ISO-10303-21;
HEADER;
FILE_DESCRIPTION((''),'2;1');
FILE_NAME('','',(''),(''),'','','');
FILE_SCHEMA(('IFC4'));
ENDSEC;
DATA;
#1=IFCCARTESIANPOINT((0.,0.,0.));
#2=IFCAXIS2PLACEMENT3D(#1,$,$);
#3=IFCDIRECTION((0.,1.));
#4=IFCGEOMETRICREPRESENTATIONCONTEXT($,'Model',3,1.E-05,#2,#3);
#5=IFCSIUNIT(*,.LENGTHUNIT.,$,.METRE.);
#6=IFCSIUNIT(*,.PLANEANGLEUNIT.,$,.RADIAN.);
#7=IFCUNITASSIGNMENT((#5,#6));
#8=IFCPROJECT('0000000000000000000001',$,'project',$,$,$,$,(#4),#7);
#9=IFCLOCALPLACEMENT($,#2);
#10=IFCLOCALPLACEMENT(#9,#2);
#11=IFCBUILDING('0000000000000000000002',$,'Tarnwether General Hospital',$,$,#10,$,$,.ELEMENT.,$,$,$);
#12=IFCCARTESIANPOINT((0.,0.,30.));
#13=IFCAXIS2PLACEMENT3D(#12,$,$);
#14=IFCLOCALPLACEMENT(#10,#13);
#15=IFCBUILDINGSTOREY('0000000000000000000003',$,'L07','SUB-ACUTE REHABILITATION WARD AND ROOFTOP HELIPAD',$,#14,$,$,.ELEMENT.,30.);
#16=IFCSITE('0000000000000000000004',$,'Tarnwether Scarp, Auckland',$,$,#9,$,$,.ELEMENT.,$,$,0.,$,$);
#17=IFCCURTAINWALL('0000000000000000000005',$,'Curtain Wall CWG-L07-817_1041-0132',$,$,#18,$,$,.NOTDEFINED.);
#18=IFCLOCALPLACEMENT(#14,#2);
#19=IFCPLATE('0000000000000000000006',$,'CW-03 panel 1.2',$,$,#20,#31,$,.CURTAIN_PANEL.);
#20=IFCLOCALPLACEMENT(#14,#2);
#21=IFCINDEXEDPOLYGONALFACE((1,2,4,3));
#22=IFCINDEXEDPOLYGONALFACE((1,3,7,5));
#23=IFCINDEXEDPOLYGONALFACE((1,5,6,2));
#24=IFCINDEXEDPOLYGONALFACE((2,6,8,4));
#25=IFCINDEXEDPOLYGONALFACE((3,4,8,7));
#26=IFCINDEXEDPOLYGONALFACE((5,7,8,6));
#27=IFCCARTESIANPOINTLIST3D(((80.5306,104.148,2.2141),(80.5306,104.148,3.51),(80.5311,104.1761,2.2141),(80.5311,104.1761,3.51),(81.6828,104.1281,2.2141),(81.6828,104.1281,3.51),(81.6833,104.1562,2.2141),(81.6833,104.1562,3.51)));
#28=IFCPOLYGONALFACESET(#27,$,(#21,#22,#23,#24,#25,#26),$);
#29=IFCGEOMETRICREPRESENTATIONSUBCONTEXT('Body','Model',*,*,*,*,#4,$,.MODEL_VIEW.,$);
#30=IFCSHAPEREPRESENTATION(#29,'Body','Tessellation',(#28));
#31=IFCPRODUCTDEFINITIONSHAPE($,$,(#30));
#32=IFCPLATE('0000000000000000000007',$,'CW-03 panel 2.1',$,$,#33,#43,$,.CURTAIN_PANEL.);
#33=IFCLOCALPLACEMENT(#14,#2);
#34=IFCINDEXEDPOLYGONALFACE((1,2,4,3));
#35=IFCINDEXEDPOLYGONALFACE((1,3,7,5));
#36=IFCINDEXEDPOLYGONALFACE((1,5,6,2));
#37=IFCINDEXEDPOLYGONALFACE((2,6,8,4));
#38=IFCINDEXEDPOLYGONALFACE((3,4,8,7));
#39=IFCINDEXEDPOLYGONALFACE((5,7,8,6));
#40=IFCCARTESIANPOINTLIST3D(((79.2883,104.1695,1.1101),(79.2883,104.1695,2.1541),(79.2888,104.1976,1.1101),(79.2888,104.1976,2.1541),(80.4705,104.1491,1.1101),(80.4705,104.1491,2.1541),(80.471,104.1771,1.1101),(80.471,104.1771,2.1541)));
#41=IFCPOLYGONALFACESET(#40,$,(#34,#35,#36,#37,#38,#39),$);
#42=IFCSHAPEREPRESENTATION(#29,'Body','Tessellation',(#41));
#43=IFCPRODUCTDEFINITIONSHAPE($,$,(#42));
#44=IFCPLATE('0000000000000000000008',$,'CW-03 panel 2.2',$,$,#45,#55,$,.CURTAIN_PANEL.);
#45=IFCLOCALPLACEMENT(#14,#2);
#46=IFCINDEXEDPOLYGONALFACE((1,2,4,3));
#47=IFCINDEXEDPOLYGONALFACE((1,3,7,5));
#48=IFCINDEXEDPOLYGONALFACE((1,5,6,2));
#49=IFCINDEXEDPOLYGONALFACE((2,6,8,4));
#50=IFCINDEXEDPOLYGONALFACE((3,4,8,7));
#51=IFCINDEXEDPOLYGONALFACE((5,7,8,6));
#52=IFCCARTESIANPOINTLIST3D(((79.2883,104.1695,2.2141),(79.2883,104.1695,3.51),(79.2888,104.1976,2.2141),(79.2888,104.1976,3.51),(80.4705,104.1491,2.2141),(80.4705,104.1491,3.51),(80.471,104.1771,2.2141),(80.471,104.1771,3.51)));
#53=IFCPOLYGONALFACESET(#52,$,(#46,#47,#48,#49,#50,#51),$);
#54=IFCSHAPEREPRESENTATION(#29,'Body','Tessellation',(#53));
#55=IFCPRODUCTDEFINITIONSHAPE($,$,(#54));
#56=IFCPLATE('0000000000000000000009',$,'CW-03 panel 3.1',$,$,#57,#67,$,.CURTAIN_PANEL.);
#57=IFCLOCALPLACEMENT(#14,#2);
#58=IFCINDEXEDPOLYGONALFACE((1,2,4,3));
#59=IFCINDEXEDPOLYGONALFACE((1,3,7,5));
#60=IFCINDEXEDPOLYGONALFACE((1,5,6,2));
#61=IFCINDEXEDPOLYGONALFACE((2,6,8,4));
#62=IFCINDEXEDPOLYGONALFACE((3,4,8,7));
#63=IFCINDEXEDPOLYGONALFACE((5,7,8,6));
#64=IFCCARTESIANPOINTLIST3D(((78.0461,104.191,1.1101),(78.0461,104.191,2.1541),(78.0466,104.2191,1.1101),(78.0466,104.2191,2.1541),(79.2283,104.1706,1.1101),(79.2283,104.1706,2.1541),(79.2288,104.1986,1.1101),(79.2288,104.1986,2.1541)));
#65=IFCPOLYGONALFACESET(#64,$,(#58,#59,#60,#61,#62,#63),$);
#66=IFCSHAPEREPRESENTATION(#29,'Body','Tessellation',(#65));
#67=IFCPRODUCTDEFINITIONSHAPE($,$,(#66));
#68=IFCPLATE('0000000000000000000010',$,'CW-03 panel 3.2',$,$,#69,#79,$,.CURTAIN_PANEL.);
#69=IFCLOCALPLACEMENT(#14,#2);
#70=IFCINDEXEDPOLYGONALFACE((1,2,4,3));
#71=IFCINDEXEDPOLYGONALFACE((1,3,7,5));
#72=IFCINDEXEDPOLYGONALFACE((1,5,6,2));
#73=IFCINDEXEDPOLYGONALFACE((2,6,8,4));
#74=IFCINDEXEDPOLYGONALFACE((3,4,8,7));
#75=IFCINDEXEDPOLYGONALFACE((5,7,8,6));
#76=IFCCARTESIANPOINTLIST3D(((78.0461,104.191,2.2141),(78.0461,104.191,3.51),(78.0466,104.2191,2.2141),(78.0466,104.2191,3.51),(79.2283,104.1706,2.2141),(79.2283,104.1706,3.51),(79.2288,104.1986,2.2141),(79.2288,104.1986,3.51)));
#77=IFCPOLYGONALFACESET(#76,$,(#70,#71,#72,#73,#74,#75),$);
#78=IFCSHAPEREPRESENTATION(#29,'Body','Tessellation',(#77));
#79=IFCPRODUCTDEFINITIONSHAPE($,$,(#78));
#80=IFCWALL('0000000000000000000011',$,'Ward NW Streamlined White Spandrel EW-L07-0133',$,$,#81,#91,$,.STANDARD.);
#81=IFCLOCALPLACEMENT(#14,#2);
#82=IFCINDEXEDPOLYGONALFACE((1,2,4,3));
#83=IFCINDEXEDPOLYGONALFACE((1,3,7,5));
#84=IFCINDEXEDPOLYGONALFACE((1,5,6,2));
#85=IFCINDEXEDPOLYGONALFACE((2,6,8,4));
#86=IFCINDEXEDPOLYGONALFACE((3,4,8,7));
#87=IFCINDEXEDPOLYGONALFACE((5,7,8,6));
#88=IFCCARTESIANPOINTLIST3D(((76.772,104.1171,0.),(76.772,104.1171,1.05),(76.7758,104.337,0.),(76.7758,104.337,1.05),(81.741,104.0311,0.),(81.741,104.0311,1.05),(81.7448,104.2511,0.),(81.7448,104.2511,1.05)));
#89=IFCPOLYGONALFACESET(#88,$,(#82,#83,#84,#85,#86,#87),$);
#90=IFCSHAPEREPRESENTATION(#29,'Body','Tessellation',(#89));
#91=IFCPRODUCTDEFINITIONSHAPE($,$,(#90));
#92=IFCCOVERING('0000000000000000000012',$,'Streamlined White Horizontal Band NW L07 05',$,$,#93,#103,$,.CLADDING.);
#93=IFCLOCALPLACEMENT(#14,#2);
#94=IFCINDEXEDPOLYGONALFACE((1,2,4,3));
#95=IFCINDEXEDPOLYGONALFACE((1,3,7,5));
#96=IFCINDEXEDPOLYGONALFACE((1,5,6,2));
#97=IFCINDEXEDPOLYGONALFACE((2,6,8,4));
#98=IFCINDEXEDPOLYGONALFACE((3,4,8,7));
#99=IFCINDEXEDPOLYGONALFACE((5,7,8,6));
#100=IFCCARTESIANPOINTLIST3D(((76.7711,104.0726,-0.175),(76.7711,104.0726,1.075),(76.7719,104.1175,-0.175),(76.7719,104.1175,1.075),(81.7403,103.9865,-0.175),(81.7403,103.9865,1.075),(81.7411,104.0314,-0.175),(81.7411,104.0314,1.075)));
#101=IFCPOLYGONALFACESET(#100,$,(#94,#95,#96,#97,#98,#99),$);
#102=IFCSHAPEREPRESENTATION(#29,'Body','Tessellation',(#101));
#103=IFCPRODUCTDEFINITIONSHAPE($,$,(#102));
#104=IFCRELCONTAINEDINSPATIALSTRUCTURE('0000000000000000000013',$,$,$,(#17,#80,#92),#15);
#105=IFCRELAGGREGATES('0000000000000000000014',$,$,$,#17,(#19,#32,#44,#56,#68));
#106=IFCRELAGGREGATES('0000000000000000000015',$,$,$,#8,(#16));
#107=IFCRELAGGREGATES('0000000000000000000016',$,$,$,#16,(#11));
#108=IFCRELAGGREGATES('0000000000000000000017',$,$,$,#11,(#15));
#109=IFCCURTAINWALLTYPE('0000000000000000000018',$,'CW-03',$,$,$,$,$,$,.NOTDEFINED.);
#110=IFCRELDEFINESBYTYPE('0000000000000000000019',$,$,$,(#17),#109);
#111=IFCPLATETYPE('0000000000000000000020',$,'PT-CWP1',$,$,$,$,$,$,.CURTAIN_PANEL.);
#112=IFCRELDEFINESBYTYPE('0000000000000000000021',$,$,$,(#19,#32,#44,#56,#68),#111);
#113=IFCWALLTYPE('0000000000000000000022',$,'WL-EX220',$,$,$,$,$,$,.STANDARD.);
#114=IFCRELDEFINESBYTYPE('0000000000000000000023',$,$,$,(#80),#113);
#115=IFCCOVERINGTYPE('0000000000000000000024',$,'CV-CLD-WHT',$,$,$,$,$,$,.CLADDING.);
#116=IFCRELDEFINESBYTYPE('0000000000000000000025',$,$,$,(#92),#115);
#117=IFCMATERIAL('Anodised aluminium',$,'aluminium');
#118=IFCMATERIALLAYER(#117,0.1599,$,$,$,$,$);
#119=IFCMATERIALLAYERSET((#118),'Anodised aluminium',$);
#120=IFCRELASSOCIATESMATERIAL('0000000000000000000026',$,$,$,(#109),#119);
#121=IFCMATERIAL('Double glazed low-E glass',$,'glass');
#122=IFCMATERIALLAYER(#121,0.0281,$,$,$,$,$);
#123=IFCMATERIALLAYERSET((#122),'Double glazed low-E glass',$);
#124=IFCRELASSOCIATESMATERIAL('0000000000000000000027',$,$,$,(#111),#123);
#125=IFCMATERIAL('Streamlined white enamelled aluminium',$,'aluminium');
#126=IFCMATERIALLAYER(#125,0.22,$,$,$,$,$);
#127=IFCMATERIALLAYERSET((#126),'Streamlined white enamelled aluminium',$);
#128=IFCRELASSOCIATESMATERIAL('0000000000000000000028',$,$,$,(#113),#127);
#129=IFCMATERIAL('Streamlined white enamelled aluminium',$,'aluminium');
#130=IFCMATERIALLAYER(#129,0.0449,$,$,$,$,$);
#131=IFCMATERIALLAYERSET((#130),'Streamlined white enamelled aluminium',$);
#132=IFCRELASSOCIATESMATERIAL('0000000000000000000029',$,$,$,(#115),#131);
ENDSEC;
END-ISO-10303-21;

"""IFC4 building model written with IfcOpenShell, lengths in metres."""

from ifc_helpers import new_model, si_unit, direction, frame, frame_2d, origin, origin_2d, place, context, subcontext, project, spatial, rectangle, extrude, material, layer, layer_set, type_object, element, aggregate, save


model = new_model("IFC4")

# Units and contexts
model_context = context("Model", 3, precision=1e-05, world=origin(), true_north=direction((0.0, 1.0)))
body_context = subcontext(model_context, "Body", "Model", "MODEL_VIEW")
ifc_project = project(units=[si_unit("LENGTHUNIT", "METRE"), si_unit("PLANEANGLEUNIT", "RADIAN")], contexts=[model_context])

# Site, building, storey
site_placement = place(None, origin())
site = spatial("IfcSite", under=ifc_project, at=site_placement, Name="Tarnwether Scarp, Auckland", CompositionType="ELEMENT", RefElevation=0.0)
building_placement = place(site_placement, origin())
building = spatial("IfcBuilding", under=site, at=building_placement, Name="Tarnwether General Hospital", CompositionType="ELEMENT")
storey_placement = place(building_placement, frame((0.0, 0.0, 30.0)))
storey = spatial("IfcBuildingStorey", under=building, at=storey_placement, Name="L07", Description="SUB-ACUTE REHABILITATION WARD AND ROOFTOP HELIPAD", CompositionType="ELEMENT", Elevation=30.0)

# Curtain wall
ifc_material_1 = material(Name="Anodised aluminium", Category="aluminium")
ifc_layer_1 = layer(ifc_material_1, 0.1599)
ifc_layer_set_1 = layer_set([ifc_layer_1], Name="Anodised aluminium")
curtain_wall_type = type_object("IfcCurtainWallType", Name="CW-03", PredefinedType="NOTDEFINED", material=ifc_layer_set_1)
curtain_wall_1_placement = place(storey_placement, origin())
curtain_wall_1 = element("IfcCurtainWall", 1, at=curtain_wall_1_placement, inside=storey, type_object=curtain_wall_type, Name="Curtain Wall CWG-L07-817_1041-0132", PredefinedType="NOTDEFINED")

# Plates
ifc_material_2 = material(Name="Double glazed low-E glass", Category="glass")
ifc_layer_2 = layer(ifc_material_2, 0.0281)
ifc_layer_set_2 = layer_set([ifc_layer_2], Name="Double glazed low-E glass")
plate_type = type_object("IfcPlateType", Name="PT-CWP1", PredefinedType="CURTAIN_PANEL", material=ifc_layer_set_2)
plate_1_placement = place(storey_placement, frame((81.1069, 104.1521, 2.2141), z_axis=(0.0, 0.0, 1.0), x_axis=(-0.99985, 0.017305, 0.0)))
plate_1 = element("IfcPlate", 2, at=plate_1_placement, type_object=plate_type, Name="CW-03 panel 1.2", PredefinedType="CURTAIN_PANEL", context=body_context, shape_type="SweptSolid", body=[
    extrude(rectangle(XDim=1.1523, YDim=0.0281, at=origin_2d()), origin(), (0.0, 0.0, 1.0), 1.2959),
])
plate_2_placement = place(storey_placement, frame((79.8796, 104.1733, 1.1101), z_axis=(0.0, 0.0, 1.0), x_axis=(-0.99985, 0.017305, 0.0)))
plate_2 = element("IfcPlate", 3, at=plate_2_placement, type_object=plate_type, Name="CW-03 panel 2.1", PredefinedType="CURTAIN_PANEL", context=body_context, shape_type="SweptSolid", body=[
    extrude(rectangle(XDim=1.1824, YDim=0.0281, at=origin_2d()), origin(), (0.0, 0.0, 1.0), 1.0439),
])
plate_3_placement = place(storey_placement, frame((79.8796, 104.1733, 2.2141), z_axis=(0.0, 0.0, 1.0), x_axis=(-0.99985, 0.017305, 0.0)))
plate_3 = element("IfcPlate", 4, at=plate_3_placement, type_object=plate_type, Name="CW-03 panel 2.2", PredefinedType="CURTAIN_PANEL", context=body_context, shape_type="SweptSolid", body=[
    extrude(rectangle(XDim=1.1824, YDim=0.0281, at=origin_2d()), origin(), (0.0, 0.0, 1.0), 1.2959),
])
plate_4_placement = place(storey_placement, frame((78.6375, 104.1948, 1.1101), z_axis=(0.0, 0.0, 1.0), x_axis=(-0.99985, 0.017305, 0.0)))
plate_4 = element("IfcPlate", 5, at=plate_4_placement, type_object=plate_type, Name="CW-03 panel 3.1", PredefinedType="CURTAIN_PANEL", context=body_context, shape_type="SweptSolid", body=[
    extrude(rectangle(XDim=1.1824, YDim=0.0281, at=origin_2d()), origin(), (0.0, 0.0, 1.0), 1.0439),
])
plate_5_placement = place(storey_placement, frame((78.6375, 104.1948, 2.2141), z_axis=(0.0, 0.0, 1.0), x_axis=(-0.99985, 0.017305, 0.0)))
plate_5 = element("IfcPlate", 6, at=plate_5_placement, type_object=plate_type, Name="CW-03 panel 3.2", PredefinedType="CURTAIN_PANEL", context=body_context, shape_type="SweptSolid", body=[
    extrude(rectangle(XDim=1.1824, YDim=0.0281, at=origin_2d()), origin(), (0.0, 0.0, 1.0), 1.2959),
])
aggregate(curtain_wall_1, [plate_1, plate_2, plate_3, plate_4, plate_5])

# Wall
ifc_material_3 = material(Name="Streamlined white enamelled aluminium", Category="aluminium")
ifc_layer_3 = layer(ifc_material_3, 0.22)
ifc_layer_set_3 = layer_set([ifc_layer_3], Name="Streamlined white enamelled aluminium")
wall_type = type_object("IfcWallType", Name="WL-EX220", PredefinedType="STANDARD", material=ifc_layer_set_3)
wall_placement = place(storey_placement, frame((81.7429, 104.1411, 0.0), z_axis=(0.0, 0.0, 1.0), x_axis=(-0.99985, 0.017292, 0.0)))
element("IfcWall", 7, at=wall_placement, inside=storey, type_object=wall_type, Name="Ward NW Streamlined White Spandrel EW-L07-0133", PredefinedType="STANDARD", context=body_context, shape_type="SweptSolid", body=[
    extrude(rectangle(XDim=4.9697, YDim=0.22, at=frame_2d((2.4849, 0.0))), origin(), (0.0, 0.0, 1.0), 1.05),
])

# Covering
ifc_material_4 = material(Name="Streamlined white enamelled aluminium", Category="aluminium")
ifc_layer_4 = layer(ifc_material_4, 0.0449)
ifc_layer_set_4 = layer_set([ifc_layer_4], Name="Streamlined white enamelled aluminium")
covering_type = type_object("IfcCoveringType", Name="CV-CLD-WHT", PredefinedType="CLADDING", material=ifc_layer_set_4)
covering_placement = place(storey_placement, frame((79.2561, 104.052, -0.175), z_axis=(0.0, 0.0, 1.0), x_axis=(-0.99985, 0.017313, 0.0)))
element("IfcCovering", 8, at=covering_placement, inside=storey, type_object=covering_type, Name="Streamlined White Horizontal Band NW L07 05", PredefinedType="CLADDING", context=body_context, shape_type="SweptSolid", body=[
    extrude(rectangle(XDim=4.97, YDim=0.0449, at=origin_2d()), origin(), (0.0, 0.0, 1.0), 1.25),
])

save(model, "model.ifc")
